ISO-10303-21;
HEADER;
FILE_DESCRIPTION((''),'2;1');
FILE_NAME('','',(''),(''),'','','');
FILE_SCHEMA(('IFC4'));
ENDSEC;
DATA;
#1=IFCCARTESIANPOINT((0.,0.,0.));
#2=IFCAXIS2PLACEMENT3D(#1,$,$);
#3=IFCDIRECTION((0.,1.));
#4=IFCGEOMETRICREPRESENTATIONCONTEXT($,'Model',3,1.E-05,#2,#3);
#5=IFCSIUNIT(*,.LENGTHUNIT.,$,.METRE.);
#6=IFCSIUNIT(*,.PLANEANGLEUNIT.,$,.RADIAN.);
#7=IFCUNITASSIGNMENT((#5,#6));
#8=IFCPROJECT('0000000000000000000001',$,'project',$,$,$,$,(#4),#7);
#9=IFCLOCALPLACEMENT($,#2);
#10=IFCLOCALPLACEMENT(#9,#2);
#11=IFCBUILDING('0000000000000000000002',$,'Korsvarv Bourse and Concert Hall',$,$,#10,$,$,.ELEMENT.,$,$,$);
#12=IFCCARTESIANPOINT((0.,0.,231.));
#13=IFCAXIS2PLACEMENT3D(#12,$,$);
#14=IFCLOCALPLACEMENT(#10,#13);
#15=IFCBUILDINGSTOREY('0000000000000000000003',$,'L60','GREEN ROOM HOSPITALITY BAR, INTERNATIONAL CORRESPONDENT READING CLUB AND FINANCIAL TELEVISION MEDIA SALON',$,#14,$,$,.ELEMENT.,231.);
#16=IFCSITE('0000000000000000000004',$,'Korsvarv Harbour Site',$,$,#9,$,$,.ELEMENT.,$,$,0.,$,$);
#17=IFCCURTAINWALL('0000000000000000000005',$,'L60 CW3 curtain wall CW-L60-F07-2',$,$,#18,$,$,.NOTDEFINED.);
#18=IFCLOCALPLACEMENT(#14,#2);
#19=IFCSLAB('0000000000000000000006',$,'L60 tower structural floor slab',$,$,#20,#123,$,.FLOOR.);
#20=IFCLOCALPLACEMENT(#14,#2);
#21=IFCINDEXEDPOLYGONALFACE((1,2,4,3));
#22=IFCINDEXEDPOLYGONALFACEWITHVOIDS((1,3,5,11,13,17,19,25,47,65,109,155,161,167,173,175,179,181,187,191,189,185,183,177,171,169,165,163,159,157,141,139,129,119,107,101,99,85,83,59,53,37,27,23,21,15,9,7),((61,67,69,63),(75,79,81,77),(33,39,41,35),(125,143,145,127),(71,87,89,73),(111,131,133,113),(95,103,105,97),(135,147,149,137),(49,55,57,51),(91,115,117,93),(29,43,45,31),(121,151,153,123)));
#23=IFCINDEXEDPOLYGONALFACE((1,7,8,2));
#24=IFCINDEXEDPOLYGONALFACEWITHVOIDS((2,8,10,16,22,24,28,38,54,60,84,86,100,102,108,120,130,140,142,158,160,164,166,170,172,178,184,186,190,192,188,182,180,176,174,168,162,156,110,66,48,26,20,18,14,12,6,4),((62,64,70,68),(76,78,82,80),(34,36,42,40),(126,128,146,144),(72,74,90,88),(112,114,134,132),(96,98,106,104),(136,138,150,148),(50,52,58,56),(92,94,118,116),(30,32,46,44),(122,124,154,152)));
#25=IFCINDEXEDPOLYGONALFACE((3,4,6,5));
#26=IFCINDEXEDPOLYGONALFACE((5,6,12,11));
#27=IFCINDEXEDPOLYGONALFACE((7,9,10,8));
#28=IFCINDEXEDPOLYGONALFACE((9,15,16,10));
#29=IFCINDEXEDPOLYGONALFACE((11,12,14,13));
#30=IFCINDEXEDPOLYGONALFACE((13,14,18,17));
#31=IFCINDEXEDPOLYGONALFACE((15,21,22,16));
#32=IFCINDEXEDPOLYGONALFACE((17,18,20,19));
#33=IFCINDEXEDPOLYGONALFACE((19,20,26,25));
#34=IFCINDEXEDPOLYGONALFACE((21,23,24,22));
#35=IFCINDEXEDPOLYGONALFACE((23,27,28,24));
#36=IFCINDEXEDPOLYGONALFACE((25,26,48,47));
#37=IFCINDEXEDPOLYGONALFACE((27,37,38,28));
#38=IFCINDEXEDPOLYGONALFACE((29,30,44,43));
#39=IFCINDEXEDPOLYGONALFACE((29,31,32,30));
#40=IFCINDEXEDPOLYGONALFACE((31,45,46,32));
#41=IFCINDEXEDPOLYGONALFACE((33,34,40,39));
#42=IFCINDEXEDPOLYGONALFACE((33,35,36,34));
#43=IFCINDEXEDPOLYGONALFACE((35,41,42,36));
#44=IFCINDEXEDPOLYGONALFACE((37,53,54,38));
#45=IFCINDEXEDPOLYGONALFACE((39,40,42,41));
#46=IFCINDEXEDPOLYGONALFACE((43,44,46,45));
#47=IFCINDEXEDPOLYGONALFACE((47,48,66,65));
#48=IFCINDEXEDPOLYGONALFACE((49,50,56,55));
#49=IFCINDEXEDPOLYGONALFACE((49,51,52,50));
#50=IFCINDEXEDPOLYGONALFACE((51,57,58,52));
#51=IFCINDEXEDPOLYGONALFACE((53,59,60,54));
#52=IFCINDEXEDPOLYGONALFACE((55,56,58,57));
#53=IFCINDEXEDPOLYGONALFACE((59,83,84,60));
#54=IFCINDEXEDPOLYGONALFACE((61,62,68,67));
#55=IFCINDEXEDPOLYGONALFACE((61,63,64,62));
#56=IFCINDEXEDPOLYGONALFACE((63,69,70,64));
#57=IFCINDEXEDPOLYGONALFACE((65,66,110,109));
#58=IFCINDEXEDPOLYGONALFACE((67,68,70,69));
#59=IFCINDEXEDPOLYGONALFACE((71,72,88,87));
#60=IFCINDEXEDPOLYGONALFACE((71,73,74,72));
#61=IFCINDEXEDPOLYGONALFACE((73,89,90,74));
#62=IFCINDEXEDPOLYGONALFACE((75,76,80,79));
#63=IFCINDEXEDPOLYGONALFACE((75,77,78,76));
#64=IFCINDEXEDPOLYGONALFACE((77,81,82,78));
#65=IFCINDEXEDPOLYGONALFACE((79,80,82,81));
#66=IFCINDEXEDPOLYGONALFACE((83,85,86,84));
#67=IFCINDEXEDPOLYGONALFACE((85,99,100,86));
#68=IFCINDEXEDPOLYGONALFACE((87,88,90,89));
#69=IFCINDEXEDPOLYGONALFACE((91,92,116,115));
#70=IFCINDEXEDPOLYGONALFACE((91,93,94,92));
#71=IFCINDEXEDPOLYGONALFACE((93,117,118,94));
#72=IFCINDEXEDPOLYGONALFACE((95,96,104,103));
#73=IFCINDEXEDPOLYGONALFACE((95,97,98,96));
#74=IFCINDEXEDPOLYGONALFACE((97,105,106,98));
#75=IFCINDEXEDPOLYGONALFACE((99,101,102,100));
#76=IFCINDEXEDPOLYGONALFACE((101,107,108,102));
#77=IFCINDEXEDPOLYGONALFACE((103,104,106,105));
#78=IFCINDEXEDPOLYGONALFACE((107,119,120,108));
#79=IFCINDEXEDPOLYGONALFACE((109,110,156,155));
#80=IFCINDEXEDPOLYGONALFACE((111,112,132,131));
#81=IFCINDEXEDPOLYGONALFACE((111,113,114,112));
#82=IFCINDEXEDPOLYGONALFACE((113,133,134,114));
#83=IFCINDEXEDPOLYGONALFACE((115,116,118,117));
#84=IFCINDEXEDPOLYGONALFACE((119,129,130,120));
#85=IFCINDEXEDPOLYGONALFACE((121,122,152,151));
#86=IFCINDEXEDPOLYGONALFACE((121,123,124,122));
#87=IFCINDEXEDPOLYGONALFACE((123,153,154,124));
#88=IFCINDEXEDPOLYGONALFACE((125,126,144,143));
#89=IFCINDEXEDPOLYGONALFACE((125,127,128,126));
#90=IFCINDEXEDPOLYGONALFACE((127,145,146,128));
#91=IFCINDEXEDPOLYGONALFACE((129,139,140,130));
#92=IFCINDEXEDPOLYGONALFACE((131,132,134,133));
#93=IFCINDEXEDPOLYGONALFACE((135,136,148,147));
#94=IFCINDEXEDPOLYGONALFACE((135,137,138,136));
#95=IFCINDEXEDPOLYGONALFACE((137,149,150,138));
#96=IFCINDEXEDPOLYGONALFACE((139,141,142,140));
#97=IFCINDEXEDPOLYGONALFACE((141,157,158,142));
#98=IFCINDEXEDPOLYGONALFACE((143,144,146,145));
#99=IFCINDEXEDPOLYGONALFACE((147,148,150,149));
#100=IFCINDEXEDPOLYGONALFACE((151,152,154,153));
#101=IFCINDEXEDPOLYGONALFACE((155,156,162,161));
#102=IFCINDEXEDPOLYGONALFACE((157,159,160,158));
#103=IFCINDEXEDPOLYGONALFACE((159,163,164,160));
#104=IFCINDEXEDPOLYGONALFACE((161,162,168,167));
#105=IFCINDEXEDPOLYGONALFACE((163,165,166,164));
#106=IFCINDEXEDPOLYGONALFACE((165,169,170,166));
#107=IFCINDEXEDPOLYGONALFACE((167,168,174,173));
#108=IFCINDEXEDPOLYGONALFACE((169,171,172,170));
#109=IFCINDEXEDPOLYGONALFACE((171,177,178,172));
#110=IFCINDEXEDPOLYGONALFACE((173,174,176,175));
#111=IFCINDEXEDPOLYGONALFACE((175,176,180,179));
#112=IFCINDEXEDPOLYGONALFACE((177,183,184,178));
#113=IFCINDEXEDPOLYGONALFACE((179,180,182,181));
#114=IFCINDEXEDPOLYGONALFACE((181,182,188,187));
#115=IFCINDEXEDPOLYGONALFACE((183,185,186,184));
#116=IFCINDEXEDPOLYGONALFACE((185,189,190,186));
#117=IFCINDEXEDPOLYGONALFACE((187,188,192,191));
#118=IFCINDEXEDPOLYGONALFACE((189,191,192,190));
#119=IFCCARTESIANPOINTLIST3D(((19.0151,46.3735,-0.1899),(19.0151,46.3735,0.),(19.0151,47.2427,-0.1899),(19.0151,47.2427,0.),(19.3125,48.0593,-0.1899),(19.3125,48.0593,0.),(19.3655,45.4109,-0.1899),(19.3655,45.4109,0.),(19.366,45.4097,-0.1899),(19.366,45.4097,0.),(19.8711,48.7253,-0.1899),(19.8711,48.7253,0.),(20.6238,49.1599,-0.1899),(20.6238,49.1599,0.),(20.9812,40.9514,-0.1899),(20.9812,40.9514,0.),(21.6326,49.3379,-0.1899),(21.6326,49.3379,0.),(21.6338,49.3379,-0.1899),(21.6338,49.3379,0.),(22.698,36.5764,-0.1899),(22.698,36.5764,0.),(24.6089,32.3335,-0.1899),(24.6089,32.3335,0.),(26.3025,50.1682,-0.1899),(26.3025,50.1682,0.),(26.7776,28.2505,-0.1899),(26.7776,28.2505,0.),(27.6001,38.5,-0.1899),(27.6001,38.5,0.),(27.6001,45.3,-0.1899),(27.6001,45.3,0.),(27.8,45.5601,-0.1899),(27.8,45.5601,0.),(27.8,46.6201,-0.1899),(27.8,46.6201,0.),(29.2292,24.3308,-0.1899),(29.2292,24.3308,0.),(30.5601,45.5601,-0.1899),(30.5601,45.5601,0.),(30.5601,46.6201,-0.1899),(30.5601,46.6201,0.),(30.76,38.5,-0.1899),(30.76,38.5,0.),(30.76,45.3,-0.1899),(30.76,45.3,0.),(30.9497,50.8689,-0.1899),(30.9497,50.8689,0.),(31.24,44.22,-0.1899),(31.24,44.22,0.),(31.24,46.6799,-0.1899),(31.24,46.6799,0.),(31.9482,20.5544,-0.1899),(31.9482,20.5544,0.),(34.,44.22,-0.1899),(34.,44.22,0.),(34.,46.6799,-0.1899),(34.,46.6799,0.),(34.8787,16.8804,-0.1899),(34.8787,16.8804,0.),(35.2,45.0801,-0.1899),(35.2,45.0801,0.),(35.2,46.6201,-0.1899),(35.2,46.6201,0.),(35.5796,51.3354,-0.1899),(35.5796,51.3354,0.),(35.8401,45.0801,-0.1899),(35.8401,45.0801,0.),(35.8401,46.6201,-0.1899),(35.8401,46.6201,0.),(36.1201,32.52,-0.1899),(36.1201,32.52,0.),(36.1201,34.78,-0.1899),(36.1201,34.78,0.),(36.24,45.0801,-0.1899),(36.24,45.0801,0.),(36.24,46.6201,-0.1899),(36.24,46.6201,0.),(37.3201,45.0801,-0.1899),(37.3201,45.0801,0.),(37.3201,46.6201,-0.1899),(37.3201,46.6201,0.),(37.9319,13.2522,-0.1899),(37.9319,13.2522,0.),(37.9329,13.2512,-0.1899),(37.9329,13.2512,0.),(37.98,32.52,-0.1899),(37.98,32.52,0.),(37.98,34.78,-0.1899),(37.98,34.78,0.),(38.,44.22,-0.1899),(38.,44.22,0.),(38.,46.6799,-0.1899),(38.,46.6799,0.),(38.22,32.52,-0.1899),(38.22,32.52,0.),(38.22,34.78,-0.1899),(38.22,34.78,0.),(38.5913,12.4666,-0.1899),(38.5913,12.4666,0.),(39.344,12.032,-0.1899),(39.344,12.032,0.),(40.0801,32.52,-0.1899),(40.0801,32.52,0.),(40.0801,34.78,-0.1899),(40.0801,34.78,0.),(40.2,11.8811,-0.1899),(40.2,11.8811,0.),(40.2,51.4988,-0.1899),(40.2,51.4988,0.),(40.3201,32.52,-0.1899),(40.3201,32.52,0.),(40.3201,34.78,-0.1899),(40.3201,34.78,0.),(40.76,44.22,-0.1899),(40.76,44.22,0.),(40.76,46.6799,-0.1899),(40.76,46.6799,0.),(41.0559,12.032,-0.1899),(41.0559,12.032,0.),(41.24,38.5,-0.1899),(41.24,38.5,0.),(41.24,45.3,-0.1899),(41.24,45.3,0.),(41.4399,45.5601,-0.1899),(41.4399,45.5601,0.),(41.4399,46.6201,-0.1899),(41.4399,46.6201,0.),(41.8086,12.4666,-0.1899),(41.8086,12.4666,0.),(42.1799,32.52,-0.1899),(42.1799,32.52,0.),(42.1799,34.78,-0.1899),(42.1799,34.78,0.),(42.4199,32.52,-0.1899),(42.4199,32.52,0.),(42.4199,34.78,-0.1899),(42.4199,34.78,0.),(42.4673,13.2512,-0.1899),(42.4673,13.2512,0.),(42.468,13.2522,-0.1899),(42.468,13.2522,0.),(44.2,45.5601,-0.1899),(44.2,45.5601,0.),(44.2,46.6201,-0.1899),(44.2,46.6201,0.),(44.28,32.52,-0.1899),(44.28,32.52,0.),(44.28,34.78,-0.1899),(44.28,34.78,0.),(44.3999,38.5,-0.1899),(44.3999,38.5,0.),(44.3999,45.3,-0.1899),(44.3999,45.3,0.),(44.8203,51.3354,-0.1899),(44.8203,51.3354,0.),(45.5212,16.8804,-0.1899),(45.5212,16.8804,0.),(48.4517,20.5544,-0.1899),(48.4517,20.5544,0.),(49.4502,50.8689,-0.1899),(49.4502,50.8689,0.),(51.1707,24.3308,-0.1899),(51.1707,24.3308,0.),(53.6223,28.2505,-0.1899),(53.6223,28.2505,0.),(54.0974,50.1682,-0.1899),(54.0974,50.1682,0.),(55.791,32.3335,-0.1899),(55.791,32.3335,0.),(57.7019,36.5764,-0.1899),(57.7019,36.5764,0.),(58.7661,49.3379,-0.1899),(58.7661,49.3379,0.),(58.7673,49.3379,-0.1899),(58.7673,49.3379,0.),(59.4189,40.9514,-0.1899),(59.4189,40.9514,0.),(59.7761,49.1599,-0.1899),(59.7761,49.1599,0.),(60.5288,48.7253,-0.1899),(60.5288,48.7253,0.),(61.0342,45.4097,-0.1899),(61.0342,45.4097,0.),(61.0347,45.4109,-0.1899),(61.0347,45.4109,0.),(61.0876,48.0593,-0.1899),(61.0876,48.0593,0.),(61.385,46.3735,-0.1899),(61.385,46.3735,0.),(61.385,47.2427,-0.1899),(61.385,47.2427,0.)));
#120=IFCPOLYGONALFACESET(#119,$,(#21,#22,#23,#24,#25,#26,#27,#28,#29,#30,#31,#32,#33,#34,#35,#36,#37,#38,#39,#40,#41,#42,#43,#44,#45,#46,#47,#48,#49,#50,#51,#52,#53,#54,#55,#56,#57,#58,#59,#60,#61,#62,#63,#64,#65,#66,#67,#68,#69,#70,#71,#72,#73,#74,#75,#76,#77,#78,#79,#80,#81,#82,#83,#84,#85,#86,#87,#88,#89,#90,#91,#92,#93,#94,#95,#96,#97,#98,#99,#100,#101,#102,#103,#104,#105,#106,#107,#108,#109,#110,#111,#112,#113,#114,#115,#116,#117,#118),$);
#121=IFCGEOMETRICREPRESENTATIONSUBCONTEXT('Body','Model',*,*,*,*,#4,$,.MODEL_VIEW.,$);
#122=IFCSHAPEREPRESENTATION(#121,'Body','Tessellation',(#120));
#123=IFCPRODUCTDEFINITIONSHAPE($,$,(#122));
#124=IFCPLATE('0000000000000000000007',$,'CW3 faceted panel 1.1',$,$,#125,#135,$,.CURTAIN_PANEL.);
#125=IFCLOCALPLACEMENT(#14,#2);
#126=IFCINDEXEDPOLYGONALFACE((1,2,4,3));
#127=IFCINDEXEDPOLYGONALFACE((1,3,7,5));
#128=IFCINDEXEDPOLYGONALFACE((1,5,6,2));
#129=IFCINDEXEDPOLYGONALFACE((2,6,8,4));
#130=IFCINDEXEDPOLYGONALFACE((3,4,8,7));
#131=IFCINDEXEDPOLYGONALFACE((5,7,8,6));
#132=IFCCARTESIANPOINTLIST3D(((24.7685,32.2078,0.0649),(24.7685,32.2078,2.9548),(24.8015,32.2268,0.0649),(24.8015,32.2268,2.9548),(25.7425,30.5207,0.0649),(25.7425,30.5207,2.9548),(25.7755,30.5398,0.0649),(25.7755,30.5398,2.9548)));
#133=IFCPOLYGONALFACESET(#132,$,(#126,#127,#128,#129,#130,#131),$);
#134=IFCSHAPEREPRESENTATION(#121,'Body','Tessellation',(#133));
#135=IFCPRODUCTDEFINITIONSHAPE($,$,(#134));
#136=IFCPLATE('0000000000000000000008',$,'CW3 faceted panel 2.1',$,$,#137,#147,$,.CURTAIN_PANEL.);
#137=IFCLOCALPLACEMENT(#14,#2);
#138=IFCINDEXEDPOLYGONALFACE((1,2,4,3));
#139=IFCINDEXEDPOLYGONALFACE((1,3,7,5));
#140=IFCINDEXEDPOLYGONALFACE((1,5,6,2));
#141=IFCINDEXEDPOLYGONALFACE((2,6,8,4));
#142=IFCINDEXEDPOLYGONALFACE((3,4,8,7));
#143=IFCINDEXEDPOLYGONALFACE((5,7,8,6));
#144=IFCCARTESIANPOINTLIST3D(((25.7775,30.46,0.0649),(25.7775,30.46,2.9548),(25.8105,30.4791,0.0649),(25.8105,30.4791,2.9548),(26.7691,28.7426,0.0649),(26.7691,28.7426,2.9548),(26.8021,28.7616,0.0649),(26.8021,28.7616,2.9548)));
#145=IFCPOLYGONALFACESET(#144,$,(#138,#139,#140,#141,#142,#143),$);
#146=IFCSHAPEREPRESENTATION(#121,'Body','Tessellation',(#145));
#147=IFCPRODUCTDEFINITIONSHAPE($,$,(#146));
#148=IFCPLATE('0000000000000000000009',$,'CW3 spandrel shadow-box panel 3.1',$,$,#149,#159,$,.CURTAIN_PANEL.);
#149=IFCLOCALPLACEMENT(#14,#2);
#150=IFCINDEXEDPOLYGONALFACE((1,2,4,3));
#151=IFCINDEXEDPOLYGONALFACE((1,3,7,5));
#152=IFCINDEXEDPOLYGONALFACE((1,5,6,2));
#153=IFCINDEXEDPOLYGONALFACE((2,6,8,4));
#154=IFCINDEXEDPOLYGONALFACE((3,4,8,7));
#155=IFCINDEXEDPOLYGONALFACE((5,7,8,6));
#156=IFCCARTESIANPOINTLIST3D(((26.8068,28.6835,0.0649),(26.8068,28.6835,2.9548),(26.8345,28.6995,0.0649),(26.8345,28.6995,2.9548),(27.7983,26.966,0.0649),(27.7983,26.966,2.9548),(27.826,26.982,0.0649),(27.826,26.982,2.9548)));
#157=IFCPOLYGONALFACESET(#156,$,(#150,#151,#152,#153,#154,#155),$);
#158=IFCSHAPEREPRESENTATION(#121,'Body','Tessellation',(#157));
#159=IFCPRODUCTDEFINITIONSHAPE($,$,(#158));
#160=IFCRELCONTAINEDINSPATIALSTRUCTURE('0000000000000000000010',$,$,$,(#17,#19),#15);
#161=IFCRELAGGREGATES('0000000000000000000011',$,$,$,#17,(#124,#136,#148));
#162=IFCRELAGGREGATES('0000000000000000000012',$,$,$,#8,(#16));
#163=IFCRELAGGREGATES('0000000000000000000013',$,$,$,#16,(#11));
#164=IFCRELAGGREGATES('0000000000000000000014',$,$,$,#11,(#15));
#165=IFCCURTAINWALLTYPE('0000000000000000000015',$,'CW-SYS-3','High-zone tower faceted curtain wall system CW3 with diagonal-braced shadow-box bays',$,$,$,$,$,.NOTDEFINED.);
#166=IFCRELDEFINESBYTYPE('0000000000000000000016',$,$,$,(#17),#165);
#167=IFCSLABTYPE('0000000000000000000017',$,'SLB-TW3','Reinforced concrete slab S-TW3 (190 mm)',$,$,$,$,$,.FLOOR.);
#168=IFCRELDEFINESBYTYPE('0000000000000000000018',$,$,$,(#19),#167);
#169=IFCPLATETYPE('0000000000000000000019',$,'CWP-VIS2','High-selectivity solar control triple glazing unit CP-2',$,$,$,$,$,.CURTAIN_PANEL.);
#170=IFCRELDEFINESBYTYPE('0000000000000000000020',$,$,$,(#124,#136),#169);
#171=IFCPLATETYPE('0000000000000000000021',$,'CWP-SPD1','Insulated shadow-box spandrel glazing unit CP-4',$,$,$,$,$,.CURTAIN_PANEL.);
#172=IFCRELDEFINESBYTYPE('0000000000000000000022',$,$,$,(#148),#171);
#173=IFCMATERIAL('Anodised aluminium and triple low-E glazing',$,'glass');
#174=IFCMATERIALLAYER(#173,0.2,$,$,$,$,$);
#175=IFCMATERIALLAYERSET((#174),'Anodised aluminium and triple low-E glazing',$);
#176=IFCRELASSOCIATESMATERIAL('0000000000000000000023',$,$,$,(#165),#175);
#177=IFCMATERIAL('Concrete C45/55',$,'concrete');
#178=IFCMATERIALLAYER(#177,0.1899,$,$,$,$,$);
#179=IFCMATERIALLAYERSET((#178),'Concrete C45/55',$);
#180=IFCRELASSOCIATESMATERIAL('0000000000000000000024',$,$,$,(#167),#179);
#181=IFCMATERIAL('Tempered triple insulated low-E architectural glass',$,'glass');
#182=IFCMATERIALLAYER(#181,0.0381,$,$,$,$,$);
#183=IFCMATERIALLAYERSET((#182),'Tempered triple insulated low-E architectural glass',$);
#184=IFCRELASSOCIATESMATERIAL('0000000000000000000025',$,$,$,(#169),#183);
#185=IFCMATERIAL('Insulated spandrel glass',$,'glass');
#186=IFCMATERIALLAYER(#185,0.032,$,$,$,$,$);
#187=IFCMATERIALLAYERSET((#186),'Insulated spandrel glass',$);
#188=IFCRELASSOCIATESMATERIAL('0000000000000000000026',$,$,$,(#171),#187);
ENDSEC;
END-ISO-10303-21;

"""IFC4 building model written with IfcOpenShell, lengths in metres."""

from ifc_helpers import new_model, si_unit, direction, frame, origin, origin_2d, place, context, subcontext, project, spatial, polyline, rectangle, outline, extrude, source, transform, mapped, material, layer, layer_set, type_object, element, aggregate, save


model = new_model("IFC4")

# Units and contexts
model_context = context("Model", 3, precision=1e-05, world=origin(), true_north=direction((0.0, 1.0)))
body_context = subcontext(model_context, "Body", "Model", "MODEL_VIEW")
ifc_project = project(units=[si_unit("LENGTHUNIT", "METRE"), si_unit("PLANEANGLEUNIT", "RADIAN")], contexts=[model_context])

# Site, building, storey
site_placement = place(None, origin())
site = spatial("IfcSite", under=ifc_project, at=site_placement, Name="Korsvarv Harbour Site", CompositionType="ELEMENT", RefElevation=0.0)
building_placement = place(site_placement, origin())
building = spatial("IfcBuilding", under=site, at=building_placement, Name="Korsvarv Bourse and Concert Hall", CompositionType="ELEMENT")
storey_placement = place(building_placement, frame((0.0, 0.0, 231.0)))
storey = spatial("IfcBuildingStorey", under=building, at=storey_placement, Name="L60", Description="GREEN ROOM HOSPITALITY BAR, INTERNATIONAL CORRESPONDENT READING CLUB AND FINANCIAL TELEVISION MEDIA SALON", CompositionType="ELEMENT", Elevation=231.0)

# Curtain wall
ifc_material_1 = material(Name="Anodised aluminium and triple low-E glazing", Category="glass")
ifc_layer_1 = layer(ifc_material_1, 0.2)
ifc_layer_set_1 = layer_set([ifc_layer_1], Name="Anodised aluminium and triple low-E glazing")
curtain_wall_type = type_object("IfcCurtainWallType", Name="CW-SYS-3", Description="High-zone tower faceted curtain wall system CW3 with diagonal-braced shadow-box bays", PredefinedType="NOTDEFINED", material=ifc_layer_set_1)
curtain_wall_placement = place(storey_placement, origin())
curtain_wall = element("IfcCurtainWall", 1, at=curtain_wall_placement, inside=storey, type_object=curtain_wall_type, Name="L60 CW3 curtain wall CW-L60-F07-2", PredefinedType="NOTDEFINED")

# Slab
ifc_material_2 = material(Name="Concrete C45/55", Category="concrete")
ifc_layer_2 = layer(ifc_material_2, 0.1899)
ifc_layer_set_2 = layer_set([ifc_layer_2], Name="Concrete C45/55")
slab_type_1 = type_object("IfcSlabType", Name="SLB-TW3", Description="Reinforced concrete slab S-TW3 (190 mm)", PredefinedType="FLOOR", material=ifc_layer_set_2)
slab_1_placement = place(storey_placement, frame((0.0, 0.0, -0.1899)))
element("IfcSlab", 2, at=slab_1_placement, inside=storey, type_object=slab_type_1, Name="L60 tower structural floor slab", PredefinedType="FLOOR", context=body_context, shape_type="SweptSolid", body=[
    extrude(outline(polyline([(61.0342, 45.4097), (59.4189, 40.9514), (57.7019, 36.5764), (55.791, 32.3335), (53.6223, 28.2505), (51.1707, 24.3308), (48.4517, 20.5544), (45.5212, 16.8804), (42.468, 13.2522), (42.4673, 13.2512), (41.8086, 12.4666), (41.0559, 12.032), (40.2, 11.8811), (39.344, 12.032), (38.5913, 12.4666), (37.9329, 13.2512), (37.9319, 13.2522), (34.8787, 16.8804), (31.9482, 20.5544), (29.2292, 24.3308), (26.7776, 28.2505), (24.6089, 32.3335), (22.698, 36.5764), (20.9812, 40.9514), (19.366, 45.4097), (19.3655, 45.4109), (19.0151, 46.3735), (19.0151, 47.2427), (19.3125, 48.0593), (19.8711, 48.7253), (20.6238, 49.1599), (21.6326, 49.3379), (21.6338, 49.3379), (26.3025, 50.1682), (30.9497, 50.8689), (35.5796, 51.3354), (40.2, 51.4988), (44.8203, 51.3354), (49.4502, 50.8689), (54.0974, 50.1682), (58.7661, 49.3379), (58.7673, 49.3379), (59.7761, 49.1599), (60.5288, 48.7253), (61.0876, 48.0593), (61.385, 47.2427), (61.385, 46.3735), (61.0347, 45.4109), (61.0342, 45.4097)]), holes=[polyline([(30.76, 38.5), (30.76, 45.3), (27.6001, 45.3), (27.6001, 38.5), (30.76, 38.5)]), polyline([(44.3999, 38.5), (44.3999, 45.3), (41.24, 45.3), (41.24, 38.5), (44.3999, 38.5)]), polyline([(31.24, 44.22), (34.0, 44.22), (34.0, 46.6799), (31.24, 46.6799), (31.24, 44.22)]), polyline([(38.0, 44.22), (40.76, 44.22), (40.76, 46.6799), (38.0, 46.6799), (38.0, 44.22)]), polyline([(36.1201, 32.52), (37.98, 32.52), (37.98, 34.78), (36.1201, 34.78), (36.1201, 32.52)]), polyline([(38.22, 32.52), (40.0801, 32.52), (40.0801, 34.78), (38.22, 34.78), (38.22, 32.52)]), polyline([(40.3201, 32.52), (42.1799, 32.52), (42.1799, 34.78), (40.3201, 34.78), (40.3201, 32.52)]), polyline([(42.4199, 32.52), (44.28, 32.52), (44.28, 34.78), (42.4199, 34.78), (42.4199, 32.52)]), polyline([(27.8, 45.5601), (30.5601, 45.5601), (30.5601, 46.6201), (27.8, 46.6201), (27.8, 45.5601)]), polyline([(41.4399, 45.5601), (44.2, 45.5601), (44.2, 46.6201), (41.4399, 46.6201), (41.4399, 45.5601)]), polyline([(35.2, 45.0801), (35.8401, 45.0801), (35.8401, 46.6201), (35.2, 46.6201), (35.2, 45.0801)]), polyline([(36.24, 45.0801), (37.3201, 45.0801), (37.3201, 46.6201), (36.24, 46.6201), (36.24, 45.0801)])]), origin(), (0.0, 0.0, 1.0), 0.1899),
])

# Plates
ifc_material_3 = material(Name="Tempered triple insulated low-E architectural glass", Category="glass")
ifc_layer_3 = layer(ifc_material_3, 0.0381)
ifc_layer_set_3 = layer_set([ifc_layer_3], Name="Tempered triple insulated low-E architectural glass")
plate_type_1 = type_object("IfcPlateType", Name="CWP-VIS2", Description="High-selectivity solar control triple glazing unit CP-2", PredefinedType="CURTAIN_PANEL", material=ifc_layer_set_3)
shared_shape_1 = source(origin(), body_context, "Body", "SweptSolid", [
    extrude(rectangle(XDim=1.948, YDim=0.0381, at=origin_2d()), origin(), (0.0, 0.0, 1.0), 2.8899),
])
plate_1_placement = place(storey_placement, frame((25.272, 31.3738, 0.0649), z_axis=(0.0, 0.0, 1.0), x_axis=(0.5, -0.866025, 0.0)))
plate_1 = element("IfcPlate", 3, at=plate_1_placement, type_object=plate_type_1, Name="CW3 faceted panel 1.1", PredefinedType="CURTAIN_PANEL", context=body_context, shape_type="MappedRepresentation", body=[
    mapped(shared_shape_1, transform((0.0, 0.0, 0.0), scale=1.0)),
])
shared_shape_2 = source(origin(), body_context, "Body", "SweptSolid", [
    extrude(rectangle(XDim=1.9832, YDim=0.0381, at=origin_2d()), origin(), (0.0, 0.0, 1.0), 2.8899),
])
plate_2_placement = place(storey_placement, frame((26.2898, 29.6108, 0.0649), z_axis=(0.0, 0.0, 1.0), x_axis=(0.5, -0.866025, 0.0)))
plate_2 = element("IfcPlate", 4, at=plate_2_placement, type_object=plate_type_1, Name="CW3 faceted panel 2.1", PredefinedType="CURTAIN_PANEL", context=body_context, shape_type="MappedRepresentation", body=[
    mapped(shared_shape_2, transform((0.0, 0.0, 0.0), scale=1.0)),
])
ifc_material_4 = material(Name="Insulated spandrel glass", Category="glass")
ifc_layer_4 = layer(ifc_material_4, 0.032)
ifc_layer_set_4 = layer_set([ifc_layer_4], Name="Insulated spandrel glass")
plate_type_2 = type_object("IfcPlateType", Name="CWP-SPD1", Description="Insulated shadow-box spandrel glazing unit CP-4", PredefinedType="CURTAIN_PANEL", material=ifc_layer_set_4)
shared_shape_3 = source(origin(), body_context, "Body", "SweptSolid", [
    extrude(rectangle(XDim=1.9832, YDim=0.032, at=origin_2d()), origin(), (0.0, 0.0, 1.0), 2.8899),
])
plate_3_placement = place(storey_placement, frame((27.3164, 27.8328, 0.0649), z_axis=(0.0, 0.0, 1.0), x_axis=(0.5, -0.866025, 0.0)))
plate_3 = element("IfcPlate", 5, at=plate_3_placement, type_object=plate_type_2, Name="CW3 spandrel shadow-box panel 3.1", PredefinedType="CURTAIN_PANEL", context=body_context, shape_type="MappedRepresentation", body=[
    mapped(shared_shape_3, transform((0.0, 0.0, 0.0), scale=1.0)),
])
aggregate(curtain_wall, [plate_1, plate_2, plate_3])

save(model, "model.ifc")
